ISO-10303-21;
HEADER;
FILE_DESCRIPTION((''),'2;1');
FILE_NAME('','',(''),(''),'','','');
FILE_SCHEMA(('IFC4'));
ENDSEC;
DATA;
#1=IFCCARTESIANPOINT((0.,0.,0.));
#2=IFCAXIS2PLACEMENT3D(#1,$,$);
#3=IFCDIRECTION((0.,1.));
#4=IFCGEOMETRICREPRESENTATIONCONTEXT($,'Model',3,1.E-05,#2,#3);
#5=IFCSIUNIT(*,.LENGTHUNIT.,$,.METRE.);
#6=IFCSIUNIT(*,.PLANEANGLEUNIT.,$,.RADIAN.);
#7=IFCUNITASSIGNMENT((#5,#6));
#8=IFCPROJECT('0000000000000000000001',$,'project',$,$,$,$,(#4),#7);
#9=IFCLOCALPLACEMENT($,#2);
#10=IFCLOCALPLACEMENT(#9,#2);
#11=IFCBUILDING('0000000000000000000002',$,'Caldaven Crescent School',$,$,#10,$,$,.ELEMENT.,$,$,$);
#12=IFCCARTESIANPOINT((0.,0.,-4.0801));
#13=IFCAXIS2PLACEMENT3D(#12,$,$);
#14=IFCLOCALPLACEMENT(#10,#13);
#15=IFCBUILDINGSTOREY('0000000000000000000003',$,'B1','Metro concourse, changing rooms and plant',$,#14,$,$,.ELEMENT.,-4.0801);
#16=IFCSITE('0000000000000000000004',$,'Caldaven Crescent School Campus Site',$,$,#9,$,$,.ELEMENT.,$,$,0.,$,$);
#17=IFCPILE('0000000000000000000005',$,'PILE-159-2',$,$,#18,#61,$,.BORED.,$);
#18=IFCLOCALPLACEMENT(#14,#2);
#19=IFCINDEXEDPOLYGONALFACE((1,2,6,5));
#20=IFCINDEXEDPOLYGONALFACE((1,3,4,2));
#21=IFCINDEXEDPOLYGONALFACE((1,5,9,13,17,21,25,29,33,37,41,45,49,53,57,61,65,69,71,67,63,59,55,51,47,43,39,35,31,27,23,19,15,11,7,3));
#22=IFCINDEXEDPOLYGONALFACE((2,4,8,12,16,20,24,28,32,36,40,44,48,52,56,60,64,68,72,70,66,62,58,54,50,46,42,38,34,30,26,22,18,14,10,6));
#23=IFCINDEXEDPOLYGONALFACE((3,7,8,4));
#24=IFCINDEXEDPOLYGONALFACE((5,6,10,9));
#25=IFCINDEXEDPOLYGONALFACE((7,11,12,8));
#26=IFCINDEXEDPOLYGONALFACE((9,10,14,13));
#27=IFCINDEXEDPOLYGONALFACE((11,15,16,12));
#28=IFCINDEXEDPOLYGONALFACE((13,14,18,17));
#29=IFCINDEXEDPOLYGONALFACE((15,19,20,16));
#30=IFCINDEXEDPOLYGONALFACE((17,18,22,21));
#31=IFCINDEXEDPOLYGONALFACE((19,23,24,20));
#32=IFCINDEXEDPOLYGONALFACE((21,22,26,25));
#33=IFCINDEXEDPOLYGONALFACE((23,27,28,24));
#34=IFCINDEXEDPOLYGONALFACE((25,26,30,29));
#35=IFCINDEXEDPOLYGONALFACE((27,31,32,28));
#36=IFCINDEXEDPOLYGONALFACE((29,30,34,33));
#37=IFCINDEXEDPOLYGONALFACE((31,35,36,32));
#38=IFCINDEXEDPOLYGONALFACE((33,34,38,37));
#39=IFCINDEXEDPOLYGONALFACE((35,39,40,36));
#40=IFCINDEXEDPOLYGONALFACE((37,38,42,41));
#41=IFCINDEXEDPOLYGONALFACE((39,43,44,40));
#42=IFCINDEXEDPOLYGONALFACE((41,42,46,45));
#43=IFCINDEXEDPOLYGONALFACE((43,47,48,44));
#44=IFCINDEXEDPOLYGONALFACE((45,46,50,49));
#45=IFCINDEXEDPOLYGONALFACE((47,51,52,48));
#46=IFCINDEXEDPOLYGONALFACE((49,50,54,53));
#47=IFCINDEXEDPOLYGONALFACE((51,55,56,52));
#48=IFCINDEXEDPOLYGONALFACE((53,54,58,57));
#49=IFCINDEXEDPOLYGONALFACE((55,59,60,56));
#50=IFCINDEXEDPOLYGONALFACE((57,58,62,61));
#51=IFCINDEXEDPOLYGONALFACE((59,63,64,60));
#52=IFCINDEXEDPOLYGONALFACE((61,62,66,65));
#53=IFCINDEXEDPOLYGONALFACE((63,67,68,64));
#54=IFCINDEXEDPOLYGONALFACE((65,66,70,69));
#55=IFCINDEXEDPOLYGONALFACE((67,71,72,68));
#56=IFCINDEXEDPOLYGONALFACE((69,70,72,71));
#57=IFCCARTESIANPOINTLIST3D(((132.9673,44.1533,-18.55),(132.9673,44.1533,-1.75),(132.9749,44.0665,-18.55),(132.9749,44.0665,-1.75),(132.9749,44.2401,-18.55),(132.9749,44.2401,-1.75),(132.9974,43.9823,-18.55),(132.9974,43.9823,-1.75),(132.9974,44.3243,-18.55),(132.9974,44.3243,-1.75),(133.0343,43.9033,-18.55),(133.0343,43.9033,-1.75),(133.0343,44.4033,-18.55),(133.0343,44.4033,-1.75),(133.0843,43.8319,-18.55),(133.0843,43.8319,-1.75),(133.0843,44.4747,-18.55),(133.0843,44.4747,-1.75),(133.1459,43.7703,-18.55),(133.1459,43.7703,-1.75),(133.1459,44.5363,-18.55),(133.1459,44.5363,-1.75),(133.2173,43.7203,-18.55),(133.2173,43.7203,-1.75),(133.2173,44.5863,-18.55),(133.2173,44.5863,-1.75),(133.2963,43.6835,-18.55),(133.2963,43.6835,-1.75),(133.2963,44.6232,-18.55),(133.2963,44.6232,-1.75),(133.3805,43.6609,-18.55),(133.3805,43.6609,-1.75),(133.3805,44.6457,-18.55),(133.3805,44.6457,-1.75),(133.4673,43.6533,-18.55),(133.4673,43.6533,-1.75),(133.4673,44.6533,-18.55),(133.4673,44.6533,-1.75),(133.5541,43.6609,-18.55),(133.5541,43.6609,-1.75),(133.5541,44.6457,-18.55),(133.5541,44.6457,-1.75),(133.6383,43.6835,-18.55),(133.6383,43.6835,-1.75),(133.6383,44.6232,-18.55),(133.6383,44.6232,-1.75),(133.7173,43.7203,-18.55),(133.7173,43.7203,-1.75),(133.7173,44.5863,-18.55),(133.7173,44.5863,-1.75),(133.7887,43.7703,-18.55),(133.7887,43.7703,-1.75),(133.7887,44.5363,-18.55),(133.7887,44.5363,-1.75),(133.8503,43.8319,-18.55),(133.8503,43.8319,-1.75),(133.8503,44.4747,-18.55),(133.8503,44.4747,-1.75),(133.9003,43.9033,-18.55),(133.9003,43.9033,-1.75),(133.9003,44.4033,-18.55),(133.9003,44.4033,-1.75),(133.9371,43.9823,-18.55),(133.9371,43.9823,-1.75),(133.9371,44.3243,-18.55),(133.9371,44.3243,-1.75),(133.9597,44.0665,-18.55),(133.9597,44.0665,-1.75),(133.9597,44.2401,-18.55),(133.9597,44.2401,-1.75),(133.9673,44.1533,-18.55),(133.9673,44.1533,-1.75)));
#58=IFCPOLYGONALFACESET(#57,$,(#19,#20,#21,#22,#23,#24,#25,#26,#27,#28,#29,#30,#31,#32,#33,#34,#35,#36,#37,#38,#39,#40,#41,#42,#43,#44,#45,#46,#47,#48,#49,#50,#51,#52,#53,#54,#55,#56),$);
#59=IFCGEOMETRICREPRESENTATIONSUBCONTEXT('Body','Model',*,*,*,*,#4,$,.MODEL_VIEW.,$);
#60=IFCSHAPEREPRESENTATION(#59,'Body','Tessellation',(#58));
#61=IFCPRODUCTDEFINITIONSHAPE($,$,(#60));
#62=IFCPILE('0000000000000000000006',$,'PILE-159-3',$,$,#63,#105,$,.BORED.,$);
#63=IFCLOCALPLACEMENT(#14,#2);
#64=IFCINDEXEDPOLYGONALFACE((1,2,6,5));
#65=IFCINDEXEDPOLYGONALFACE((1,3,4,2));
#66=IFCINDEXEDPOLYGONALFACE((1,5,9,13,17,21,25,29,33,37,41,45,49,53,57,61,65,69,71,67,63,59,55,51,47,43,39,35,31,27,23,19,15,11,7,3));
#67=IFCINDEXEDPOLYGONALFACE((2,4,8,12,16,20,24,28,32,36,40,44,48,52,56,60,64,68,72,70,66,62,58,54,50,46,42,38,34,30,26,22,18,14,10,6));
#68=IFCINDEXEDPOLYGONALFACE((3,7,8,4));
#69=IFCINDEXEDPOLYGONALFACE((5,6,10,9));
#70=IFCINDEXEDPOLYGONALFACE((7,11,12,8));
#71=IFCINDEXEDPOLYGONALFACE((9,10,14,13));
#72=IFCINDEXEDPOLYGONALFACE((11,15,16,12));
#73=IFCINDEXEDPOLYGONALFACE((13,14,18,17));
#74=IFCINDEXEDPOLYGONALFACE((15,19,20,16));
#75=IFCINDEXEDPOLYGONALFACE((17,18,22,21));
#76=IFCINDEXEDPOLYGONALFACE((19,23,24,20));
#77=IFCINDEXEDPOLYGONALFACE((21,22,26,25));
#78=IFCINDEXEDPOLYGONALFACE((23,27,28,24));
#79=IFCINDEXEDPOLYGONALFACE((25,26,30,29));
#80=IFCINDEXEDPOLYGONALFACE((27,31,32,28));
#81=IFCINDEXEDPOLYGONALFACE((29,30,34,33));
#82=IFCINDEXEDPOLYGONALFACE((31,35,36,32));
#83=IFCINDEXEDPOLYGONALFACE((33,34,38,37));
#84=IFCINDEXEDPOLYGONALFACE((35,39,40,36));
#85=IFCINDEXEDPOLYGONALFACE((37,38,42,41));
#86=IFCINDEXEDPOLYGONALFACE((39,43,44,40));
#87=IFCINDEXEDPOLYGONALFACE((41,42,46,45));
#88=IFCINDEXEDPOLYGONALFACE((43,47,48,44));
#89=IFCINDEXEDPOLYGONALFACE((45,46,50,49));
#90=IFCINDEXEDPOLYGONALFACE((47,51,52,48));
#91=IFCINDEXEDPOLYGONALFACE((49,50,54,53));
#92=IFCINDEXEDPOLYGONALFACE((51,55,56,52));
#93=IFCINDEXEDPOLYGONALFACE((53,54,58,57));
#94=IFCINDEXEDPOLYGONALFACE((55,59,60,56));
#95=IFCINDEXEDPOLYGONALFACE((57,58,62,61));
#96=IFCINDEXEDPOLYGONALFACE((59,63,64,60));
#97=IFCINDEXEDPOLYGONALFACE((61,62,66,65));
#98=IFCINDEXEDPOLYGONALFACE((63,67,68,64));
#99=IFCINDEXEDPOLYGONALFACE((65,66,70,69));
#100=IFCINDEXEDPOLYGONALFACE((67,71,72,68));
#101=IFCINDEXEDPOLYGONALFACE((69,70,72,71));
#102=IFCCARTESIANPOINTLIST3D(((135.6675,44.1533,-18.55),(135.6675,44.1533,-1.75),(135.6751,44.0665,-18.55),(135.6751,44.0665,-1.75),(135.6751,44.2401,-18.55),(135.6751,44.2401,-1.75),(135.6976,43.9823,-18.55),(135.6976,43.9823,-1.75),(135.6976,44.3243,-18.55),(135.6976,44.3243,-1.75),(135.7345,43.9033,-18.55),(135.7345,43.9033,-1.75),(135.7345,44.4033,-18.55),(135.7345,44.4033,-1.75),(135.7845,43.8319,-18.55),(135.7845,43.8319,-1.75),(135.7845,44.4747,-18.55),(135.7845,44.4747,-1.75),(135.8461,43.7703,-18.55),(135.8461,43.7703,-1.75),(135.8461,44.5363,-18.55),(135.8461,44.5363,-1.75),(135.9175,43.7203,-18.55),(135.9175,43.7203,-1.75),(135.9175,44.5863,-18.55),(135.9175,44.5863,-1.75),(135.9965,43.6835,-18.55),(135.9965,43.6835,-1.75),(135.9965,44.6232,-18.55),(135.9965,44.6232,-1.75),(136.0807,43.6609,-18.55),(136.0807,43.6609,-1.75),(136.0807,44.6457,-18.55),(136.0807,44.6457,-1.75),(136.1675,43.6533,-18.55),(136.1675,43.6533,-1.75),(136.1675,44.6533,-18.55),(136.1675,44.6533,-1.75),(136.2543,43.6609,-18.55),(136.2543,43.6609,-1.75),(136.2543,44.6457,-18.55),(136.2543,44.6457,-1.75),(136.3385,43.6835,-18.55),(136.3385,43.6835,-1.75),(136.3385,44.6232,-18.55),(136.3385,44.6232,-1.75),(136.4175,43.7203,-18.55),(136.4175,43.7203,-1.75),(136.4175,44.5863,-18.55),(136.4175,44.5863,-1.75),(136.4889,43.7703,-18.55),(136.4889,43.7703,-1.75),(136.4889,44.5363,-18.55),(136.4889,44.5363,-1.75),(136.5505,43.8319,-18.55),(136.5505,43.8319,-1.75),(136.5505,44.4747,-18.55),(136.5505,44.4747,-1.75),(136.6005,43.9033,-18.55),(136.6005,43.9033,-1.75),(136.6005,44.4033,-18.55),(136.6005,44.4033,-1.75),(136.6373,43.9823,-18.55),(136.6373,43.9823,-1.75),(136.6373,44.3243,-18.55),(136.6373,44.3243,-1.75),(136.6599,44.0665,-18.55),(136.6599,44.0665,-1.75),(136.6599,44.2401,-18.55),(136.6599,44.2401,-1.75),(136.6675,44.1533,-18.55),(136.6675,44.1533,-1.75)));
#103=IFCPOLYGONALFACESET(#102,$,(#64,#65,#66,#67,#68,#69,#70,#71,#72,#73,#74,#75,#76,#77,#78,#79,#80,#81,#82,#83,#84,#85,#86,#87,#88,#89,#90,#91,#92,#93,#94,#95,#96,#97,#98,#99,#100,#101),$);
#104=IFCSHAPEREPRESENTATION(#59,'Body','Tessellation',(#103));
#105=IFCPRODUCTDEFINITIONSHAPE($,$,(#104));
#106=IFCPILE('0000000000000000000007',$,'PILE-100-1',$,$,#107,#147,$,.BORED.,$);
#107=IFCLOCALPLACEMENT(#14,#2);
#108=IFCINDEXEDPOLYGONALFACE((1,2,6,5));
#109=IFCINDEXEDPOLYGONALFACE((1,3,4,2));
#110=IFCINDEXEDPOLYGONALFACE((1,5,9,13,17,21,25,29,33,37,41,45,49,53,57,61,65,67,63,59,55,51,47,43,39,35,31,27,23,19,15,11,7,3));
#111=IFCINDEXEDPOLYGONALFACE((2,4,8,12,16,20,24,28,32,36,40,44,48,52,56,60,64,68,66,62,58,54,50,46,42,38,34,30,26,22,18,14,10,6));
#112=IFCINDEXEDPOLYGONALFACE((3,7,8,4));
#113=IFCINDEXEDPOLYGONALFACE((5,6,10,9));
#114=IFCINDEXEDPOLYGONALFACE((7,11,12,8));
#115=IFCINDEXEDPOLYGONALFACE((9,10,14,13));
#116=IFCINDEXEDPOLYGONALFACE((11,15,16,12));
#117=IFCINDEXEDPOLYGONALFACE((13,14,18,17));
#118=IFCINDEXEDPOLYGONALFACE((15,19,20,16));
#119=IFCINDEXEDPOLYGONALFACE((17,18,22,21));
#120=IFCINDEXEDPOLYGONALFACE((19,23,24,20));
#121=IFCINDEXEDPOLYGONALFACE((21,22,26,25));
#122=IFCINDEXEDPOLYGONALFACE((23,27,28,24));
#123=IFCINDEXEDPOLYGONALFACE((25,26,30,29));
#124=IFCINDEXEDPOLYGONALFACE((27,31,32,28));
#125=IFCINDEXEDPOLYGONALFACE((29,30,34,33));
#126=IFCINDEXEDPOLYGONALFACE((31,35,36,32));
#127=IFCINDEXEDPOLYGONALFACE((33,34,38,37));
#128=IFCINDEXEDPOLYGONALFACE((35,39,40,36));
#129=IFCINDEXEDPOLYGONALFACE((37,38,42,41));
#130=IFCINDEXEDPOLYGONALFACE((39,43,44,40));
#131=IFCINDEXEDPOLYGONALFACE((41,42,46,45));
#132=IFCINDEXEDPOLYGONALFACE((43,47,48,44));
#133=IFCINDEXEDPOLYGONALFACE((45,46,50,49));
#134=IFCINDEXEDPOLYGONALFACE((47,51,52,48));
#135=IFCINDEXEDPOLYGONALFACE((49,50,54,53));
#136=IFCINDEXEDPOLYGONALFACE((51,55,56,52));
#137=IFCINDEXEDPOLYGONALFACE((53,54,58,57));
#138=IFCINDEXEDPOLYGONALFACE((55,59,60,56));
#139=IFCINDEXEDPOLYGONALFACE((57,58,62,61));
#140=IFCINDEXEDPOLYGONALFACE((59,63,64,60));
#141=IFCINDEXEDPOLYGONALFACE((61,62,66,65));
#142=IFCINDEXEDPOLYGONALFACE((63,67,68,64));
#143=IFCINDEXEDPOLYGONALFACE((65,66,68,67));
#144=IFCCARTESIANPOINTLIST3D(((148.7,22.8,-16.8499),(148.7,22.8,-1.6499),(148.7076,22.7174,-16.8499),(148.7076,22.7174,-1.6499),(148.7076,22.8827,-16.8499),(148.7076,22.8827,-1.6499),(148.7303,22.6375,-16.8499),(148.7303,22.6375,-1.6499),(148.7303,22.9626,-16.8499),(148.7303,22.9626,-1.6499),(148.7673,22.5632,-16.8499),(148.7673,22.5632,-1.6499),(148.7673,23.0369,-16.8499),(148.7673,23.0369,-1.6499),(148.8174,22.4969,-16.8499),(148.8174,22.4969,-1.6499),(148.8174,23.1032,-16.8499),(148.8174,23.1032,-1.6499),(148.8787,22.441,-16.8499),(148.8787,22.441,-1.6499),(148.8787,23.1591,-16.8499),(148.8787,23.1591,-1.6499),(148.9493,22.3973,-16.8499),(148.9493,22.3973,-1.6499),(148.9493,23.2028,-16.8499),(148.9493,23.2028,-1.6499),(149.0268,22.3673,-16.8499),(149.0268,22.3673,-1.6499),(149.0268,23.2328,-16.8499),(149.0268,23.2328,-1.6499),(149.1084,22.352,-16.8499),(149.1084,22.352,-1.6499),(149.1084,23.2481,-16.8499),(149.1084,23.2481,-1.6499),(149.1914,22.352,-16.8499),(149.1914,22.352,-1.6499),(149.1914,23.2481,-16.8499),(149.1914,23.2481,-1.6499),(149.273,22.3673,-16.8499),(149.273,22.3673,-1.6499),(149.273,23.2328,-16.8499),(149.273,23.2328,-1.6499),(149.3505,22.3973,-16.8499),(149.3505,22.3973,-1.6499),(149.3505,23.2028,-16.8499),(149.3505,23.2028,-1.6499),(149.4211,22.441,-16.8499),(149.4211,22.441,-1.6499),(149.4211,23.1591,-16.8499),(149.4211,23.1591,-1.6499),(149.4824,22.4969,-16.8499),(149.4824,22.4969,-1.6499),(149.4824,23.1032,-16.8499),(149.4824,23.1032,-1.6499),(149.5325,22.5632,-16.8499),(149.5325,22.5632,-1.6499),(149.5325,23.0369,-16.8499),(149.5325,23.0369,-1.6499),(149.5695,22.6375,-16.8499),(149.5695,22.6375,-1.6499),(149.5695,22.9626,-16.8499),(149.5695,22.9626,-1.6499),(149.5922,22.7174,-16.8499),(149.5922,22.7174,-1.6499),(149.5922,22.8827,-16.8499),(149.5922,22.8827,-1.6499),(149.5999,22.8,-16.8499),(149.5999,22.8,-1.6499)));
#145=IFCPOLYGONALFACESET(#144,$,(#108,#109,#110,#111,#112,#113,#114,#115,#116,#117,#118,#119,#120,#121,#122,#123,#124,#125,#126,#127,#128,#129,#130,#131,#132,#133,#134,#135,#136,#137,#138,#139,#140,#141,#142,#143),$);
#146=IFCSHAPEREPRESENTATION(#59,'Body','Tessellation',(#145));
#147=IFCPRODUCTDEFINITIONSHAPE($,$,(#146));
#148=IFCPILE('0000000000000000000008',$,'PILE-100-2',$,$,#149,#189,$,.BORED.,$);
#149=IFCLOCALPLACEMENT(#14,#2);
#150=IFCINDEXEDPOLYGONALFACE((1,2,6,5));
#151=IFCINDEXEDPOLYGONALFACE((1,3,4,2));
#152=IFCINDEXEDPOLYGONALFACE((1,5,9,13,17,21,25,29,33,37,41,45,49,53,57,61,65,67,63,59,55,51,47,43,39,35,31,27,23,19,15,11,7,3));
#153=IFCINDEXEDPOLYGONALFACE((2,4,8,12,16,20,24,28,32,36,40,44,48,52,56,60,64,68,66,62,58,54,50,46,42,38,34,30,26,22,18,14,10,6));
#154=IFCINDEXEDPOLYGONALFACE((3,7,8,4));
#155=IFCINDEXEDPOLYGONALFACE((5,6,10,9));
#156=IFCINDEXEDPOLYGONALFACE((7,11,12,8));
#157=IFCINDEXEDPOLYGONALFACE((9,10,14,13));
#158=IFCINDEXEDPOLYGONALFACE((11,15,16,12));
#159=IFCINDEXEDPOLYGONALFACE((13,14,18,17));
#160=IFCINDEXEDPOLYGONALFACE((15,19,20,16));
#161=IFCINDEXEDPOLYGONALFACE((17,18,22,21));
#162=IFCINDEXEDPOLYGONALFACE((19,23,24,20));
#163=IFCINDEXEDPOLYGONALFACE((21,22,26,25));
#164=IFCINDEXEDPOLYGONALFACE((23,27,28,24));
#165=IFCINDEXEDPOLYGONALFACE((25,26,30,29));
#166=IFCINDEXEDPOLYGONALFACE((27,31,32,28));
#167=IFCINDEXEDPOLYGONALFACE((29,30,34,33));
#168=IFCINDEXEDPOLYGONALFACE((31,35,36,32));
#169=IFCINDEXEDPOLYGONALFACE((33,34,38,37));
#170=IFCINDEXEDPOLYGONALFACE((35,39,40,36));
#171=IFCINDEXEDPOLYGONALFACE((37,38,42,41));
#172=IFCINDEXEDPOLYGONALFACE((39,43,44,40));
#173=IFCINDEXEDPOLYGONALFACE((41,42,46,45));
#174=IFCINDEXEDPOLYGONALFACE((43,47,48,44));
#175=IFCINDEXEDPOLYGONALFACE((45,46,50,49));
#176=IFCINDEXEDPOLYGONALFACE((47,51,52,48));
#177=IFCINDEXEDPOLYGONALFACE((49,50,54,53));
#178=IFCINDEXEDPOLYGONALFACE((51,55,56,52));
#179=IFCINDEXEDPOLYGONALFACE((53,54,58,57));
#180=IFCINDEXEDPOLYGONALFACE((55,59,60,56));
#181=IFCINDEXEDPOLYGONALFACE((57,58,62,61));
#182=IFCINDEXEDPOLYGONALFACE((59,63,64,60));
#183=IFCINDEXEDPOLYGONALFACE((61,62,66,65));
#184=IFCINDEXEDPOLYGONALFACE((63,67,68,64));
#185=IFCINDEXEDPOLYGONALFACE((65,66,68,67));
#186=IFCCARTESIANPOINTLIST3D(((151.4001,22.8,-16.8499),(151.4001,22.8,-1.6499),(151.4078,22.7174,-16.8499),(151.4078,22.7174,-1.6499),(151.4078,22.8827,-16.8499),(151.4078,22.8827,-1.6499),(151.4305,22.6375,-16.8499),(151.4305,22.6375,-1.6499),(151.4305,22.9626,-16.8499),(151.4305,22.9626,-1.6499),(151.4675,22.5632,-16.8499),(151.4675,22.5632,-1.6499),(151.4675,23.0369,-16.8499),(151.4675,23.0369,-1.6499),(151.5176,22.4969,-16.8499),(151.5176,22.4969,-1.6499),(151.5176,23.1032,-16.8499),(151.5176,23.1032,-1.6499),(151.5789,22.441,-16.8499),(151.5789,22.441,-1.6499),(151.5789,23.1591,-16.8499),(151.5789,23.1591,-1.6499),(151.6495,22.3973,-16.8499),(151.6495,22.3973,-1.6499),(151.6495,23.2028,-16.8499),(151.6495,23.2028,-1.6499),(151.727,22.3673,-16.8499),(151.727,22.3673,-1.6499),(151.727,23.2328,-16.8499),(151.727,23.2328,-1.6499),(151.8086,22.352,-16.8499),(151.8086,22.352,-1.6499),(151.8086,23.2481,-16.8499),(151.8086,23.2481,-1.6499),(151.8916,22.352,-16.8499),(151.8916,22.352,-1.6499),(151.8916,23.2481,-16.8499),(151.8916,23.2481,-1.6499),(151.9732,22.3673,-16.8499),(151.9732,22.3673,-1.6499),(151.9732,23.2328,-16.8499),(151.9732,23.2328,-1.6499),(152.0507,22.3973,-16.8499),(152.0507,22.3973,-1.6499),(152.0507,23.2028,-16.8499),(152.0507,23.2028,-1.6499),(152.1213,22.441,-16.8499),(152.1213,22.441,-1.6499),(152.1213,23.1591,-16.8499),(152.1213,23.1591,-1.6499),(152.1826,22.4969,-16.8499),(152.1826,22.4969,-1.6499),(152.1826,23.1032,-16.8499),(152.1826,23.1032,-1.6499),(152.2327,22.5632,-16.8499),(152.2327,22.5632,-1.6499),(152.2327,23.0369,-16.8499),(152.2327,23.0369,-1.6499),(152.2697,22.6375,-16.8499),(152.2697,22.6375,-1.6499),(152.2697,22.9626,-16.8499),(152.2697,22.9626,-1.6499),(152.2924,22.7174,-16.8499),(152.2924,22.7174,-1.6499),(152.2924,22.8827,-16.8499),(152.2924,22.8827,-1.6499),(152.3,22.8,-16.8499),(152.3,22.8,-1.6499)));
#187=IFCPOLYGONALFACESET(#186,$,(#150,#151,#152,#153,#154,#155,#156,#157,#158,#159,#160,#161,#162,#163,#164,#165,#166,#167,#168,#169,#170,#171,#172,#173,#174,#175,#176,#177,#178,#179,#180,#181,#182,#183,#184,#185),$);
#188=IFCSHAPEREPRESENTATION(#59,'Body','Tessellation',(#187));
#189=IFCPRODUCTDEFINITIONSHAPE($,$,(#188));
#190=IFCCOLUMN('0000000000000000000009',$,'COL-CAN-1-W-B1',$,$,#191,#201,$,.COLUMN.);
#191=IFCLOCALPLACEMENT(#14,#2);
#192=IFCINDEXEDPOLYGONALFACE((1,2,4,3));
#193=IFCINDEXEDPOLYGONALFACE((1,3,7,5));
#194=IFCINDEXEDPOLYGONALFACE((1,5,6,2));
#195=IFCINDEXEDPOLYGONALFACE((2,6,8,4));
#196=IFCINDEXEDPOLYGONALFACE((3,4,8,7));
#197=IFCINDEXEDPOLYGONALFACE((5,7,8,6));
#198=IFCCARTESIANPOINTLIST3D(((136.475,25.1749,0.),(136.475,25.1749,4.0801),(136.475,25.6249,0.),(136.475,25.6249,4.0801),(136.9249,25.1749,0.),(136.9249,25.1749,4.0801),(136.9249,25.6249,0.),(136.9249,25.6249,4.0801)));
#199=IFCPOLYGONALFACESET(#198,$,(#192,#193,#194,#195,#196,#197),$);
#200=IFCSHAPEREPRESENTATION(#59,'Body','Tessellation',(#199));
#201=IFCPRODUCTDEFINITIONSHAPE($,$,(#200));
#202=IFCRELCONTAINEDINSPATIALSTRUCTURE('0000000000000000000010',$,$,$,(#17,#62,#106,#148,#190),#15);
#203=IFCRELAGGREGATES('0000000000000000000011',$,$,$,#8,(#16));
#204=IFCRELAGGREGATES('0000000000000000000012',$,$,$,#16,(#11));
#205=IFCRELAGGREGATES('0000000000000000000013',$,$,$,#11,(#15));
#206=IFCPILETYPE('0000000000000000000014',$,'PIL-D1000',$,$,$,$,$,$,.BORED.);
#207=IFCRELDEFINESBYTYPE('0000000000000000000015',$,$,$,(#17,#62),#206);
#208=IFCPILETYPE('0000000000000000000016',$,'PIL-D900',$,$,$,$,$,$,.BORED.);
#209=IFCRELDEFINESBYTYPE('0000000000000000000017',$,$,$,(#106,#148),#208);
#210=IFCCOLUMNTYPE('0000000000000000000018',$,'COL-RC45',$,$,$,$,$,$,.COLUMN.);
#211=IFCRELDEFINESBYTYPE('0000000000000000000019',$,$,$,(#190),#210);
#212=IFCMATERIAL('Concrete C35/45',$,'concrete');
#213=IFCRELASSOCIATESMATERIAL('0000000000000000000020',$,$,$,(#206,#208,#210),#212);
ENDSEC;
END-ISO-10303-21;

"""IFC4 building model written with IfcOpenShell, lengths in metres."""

from ifc_helpers import new_model, si_unit, direction, frame, origin, origin_2d, place, context, subcontext, project, spatial, rectangle, circle, extrude, material, material_profile, profile_set, type_object, element, save


model = new_model("IFC4")

# Units and contexts
model_context = context("Model", 3, precision=1e-05, world=origin(), true_north=direction((0.0, 1.0)))
body_context = subcontext(model_context, "Body", "Model", "MODEL_VIEW")
ifc_project = project(units=[si_unit("LENGTHUNIT", "METRE"), si_unit("PLANEANGLEUNIT", "RADIAN")], contexts=[model_context])

# Site, building, storey
site_placement = place(None, origin())
site = spatial("IfcSite", under=ifc_project, at=site_placement, Name="Caldaven Crescent School Campus Site", CompositionType="ELEMENT", RefElevation=0.0)
building_placement = place(site_placement, origin())
building = spatial("IfcBuilding", under=site, at=building_placement, Name="Caldaven Crescent School", CompositionType="ELEMENT")
storey_placement = place(building_placement, frame((0.0, 0.0, -4.0801)))
storey = spatial("IfcBuildingStorey", under=building, at=storey_placement, Name="B1", Description="Metro concourse, changing rooms and plant", CompositionType="ELEMENT", Elevation=-4.0801)

# Shared definitions
ifc_material_1 = material(Name="Concrete C35/45", Category="concrete")

# Piles
ifc_material_profile_1 = material_profile(ifc_material_1, circle(Radius=0.5, at=origin_2d()), Name="PILE D1000")
ifc_profile_set_1 = profile_set([ifc_material_profile_1], Name="Concrete C35/45")
pile_type_1 = type_object("IfcPileType", Name="PIL-D1000", PredefinedType="BORED", material=ifc_profile_set_1)
for number, where, z_axis, x_axis, name in (
    (1, (133.4673, 44.1533, -1.75), (0.0, 0.0, -1.0), (1.0, 0.0, 0.0), "PILE-159-2"),
    (2, (136.1675, 44.1533, -1.75), (0.0, 0.0, -1.0), (1.0, 0.0, 0.0), "PILE-159-3"),
):
    element("IfcPile", number, at=place(storey_placement, frame(where, z_axis=z_axis, x_axis=x_axis)), inside=storey, type_object=pile_type_1, Name=name, PredefinedType="BORED", context=body_context, shape_type="SweptSolid", body=[
        extrude(circle(Radius=0.5, at=origin_2d()), origin(), (0.0, 0.0, 1.0), 16.8),
    ])
ifc_material_profile_2 = material_profile(ifc_material_1, circle(Radius=0.45, at=origin_2d()), Name="PILE D900")
ifc_profile_set_2 = profile_set([ifc_material_profile_2], Name="Concrete C35/45")
pile_type_2 = type_object("IfcPileType", Name="PIL-D900", PredefinedType="BORED", material=ifc_profile_set_2)
for number, where, z_axis, x_axis, name in (
    (3, (149.1499, 22.8, -1.6499), (0.0, 0.0, -1.0), (1.0, 0.0, 0.0), "PILE-100-1"),
    (4, (151.8501, 22.8, -1.6499), (0.0, 0.0, -1.0), (1.0, 0.0, 0.0), "PILE-100-2"),
):
    element("IfcPile", number, at=place(storey_placement, frame(where, z_axis=z_axis, x_axis=x_axis)), inside=storey, type_object=pile_type_2, Name=name, PredefinedType="BORED", context=body_context, shape_type="SweptSolid", body=[
        extrude(circle(Radius=0.45, at=origin_2d()), origin(), (0.0, 0.0, 1.0), 15.2),
    ])

# Column
ifc_material_profile_3 = material_profile(ifc_material_1, rectangle(XDim=0.45, YDim=0.45, at=origin_2d()), Name="RC 450x450")
ifc_profile_set_3 = profile_set([ifc_material_profile_3], Name="Concrete C35/45")
column_type_1 = type_object("IfcColumnType", Name="COL-RC45", PredefinedType="COLUMN", material=ifc_profile_set_3)
for number, where, z_axis, x_axis, name in (
    (5, (136.7, 25.3999, 0.0), (0.0, 0.0, 1.0), (1.0, 0.0, 0.0), "COL-CAN-1-W-B1"),
):
    element("IfcColumn", number, at=place(storey_placement, frame(where, z_axis=z_axis, x_axis=x_axis)), inside=storey, type_object=column_type_1, Name=name, PredefinedType="COLUMN", context=body_context, shape_type="SweptSolid", body=[
        extrude(rectangle(XDim=0.45, YDim=0.45, at=origin_2d()), origin(), (0.0, 0.0, 1.0), 4.0801),
    ])

save(model, "model.ifc")
